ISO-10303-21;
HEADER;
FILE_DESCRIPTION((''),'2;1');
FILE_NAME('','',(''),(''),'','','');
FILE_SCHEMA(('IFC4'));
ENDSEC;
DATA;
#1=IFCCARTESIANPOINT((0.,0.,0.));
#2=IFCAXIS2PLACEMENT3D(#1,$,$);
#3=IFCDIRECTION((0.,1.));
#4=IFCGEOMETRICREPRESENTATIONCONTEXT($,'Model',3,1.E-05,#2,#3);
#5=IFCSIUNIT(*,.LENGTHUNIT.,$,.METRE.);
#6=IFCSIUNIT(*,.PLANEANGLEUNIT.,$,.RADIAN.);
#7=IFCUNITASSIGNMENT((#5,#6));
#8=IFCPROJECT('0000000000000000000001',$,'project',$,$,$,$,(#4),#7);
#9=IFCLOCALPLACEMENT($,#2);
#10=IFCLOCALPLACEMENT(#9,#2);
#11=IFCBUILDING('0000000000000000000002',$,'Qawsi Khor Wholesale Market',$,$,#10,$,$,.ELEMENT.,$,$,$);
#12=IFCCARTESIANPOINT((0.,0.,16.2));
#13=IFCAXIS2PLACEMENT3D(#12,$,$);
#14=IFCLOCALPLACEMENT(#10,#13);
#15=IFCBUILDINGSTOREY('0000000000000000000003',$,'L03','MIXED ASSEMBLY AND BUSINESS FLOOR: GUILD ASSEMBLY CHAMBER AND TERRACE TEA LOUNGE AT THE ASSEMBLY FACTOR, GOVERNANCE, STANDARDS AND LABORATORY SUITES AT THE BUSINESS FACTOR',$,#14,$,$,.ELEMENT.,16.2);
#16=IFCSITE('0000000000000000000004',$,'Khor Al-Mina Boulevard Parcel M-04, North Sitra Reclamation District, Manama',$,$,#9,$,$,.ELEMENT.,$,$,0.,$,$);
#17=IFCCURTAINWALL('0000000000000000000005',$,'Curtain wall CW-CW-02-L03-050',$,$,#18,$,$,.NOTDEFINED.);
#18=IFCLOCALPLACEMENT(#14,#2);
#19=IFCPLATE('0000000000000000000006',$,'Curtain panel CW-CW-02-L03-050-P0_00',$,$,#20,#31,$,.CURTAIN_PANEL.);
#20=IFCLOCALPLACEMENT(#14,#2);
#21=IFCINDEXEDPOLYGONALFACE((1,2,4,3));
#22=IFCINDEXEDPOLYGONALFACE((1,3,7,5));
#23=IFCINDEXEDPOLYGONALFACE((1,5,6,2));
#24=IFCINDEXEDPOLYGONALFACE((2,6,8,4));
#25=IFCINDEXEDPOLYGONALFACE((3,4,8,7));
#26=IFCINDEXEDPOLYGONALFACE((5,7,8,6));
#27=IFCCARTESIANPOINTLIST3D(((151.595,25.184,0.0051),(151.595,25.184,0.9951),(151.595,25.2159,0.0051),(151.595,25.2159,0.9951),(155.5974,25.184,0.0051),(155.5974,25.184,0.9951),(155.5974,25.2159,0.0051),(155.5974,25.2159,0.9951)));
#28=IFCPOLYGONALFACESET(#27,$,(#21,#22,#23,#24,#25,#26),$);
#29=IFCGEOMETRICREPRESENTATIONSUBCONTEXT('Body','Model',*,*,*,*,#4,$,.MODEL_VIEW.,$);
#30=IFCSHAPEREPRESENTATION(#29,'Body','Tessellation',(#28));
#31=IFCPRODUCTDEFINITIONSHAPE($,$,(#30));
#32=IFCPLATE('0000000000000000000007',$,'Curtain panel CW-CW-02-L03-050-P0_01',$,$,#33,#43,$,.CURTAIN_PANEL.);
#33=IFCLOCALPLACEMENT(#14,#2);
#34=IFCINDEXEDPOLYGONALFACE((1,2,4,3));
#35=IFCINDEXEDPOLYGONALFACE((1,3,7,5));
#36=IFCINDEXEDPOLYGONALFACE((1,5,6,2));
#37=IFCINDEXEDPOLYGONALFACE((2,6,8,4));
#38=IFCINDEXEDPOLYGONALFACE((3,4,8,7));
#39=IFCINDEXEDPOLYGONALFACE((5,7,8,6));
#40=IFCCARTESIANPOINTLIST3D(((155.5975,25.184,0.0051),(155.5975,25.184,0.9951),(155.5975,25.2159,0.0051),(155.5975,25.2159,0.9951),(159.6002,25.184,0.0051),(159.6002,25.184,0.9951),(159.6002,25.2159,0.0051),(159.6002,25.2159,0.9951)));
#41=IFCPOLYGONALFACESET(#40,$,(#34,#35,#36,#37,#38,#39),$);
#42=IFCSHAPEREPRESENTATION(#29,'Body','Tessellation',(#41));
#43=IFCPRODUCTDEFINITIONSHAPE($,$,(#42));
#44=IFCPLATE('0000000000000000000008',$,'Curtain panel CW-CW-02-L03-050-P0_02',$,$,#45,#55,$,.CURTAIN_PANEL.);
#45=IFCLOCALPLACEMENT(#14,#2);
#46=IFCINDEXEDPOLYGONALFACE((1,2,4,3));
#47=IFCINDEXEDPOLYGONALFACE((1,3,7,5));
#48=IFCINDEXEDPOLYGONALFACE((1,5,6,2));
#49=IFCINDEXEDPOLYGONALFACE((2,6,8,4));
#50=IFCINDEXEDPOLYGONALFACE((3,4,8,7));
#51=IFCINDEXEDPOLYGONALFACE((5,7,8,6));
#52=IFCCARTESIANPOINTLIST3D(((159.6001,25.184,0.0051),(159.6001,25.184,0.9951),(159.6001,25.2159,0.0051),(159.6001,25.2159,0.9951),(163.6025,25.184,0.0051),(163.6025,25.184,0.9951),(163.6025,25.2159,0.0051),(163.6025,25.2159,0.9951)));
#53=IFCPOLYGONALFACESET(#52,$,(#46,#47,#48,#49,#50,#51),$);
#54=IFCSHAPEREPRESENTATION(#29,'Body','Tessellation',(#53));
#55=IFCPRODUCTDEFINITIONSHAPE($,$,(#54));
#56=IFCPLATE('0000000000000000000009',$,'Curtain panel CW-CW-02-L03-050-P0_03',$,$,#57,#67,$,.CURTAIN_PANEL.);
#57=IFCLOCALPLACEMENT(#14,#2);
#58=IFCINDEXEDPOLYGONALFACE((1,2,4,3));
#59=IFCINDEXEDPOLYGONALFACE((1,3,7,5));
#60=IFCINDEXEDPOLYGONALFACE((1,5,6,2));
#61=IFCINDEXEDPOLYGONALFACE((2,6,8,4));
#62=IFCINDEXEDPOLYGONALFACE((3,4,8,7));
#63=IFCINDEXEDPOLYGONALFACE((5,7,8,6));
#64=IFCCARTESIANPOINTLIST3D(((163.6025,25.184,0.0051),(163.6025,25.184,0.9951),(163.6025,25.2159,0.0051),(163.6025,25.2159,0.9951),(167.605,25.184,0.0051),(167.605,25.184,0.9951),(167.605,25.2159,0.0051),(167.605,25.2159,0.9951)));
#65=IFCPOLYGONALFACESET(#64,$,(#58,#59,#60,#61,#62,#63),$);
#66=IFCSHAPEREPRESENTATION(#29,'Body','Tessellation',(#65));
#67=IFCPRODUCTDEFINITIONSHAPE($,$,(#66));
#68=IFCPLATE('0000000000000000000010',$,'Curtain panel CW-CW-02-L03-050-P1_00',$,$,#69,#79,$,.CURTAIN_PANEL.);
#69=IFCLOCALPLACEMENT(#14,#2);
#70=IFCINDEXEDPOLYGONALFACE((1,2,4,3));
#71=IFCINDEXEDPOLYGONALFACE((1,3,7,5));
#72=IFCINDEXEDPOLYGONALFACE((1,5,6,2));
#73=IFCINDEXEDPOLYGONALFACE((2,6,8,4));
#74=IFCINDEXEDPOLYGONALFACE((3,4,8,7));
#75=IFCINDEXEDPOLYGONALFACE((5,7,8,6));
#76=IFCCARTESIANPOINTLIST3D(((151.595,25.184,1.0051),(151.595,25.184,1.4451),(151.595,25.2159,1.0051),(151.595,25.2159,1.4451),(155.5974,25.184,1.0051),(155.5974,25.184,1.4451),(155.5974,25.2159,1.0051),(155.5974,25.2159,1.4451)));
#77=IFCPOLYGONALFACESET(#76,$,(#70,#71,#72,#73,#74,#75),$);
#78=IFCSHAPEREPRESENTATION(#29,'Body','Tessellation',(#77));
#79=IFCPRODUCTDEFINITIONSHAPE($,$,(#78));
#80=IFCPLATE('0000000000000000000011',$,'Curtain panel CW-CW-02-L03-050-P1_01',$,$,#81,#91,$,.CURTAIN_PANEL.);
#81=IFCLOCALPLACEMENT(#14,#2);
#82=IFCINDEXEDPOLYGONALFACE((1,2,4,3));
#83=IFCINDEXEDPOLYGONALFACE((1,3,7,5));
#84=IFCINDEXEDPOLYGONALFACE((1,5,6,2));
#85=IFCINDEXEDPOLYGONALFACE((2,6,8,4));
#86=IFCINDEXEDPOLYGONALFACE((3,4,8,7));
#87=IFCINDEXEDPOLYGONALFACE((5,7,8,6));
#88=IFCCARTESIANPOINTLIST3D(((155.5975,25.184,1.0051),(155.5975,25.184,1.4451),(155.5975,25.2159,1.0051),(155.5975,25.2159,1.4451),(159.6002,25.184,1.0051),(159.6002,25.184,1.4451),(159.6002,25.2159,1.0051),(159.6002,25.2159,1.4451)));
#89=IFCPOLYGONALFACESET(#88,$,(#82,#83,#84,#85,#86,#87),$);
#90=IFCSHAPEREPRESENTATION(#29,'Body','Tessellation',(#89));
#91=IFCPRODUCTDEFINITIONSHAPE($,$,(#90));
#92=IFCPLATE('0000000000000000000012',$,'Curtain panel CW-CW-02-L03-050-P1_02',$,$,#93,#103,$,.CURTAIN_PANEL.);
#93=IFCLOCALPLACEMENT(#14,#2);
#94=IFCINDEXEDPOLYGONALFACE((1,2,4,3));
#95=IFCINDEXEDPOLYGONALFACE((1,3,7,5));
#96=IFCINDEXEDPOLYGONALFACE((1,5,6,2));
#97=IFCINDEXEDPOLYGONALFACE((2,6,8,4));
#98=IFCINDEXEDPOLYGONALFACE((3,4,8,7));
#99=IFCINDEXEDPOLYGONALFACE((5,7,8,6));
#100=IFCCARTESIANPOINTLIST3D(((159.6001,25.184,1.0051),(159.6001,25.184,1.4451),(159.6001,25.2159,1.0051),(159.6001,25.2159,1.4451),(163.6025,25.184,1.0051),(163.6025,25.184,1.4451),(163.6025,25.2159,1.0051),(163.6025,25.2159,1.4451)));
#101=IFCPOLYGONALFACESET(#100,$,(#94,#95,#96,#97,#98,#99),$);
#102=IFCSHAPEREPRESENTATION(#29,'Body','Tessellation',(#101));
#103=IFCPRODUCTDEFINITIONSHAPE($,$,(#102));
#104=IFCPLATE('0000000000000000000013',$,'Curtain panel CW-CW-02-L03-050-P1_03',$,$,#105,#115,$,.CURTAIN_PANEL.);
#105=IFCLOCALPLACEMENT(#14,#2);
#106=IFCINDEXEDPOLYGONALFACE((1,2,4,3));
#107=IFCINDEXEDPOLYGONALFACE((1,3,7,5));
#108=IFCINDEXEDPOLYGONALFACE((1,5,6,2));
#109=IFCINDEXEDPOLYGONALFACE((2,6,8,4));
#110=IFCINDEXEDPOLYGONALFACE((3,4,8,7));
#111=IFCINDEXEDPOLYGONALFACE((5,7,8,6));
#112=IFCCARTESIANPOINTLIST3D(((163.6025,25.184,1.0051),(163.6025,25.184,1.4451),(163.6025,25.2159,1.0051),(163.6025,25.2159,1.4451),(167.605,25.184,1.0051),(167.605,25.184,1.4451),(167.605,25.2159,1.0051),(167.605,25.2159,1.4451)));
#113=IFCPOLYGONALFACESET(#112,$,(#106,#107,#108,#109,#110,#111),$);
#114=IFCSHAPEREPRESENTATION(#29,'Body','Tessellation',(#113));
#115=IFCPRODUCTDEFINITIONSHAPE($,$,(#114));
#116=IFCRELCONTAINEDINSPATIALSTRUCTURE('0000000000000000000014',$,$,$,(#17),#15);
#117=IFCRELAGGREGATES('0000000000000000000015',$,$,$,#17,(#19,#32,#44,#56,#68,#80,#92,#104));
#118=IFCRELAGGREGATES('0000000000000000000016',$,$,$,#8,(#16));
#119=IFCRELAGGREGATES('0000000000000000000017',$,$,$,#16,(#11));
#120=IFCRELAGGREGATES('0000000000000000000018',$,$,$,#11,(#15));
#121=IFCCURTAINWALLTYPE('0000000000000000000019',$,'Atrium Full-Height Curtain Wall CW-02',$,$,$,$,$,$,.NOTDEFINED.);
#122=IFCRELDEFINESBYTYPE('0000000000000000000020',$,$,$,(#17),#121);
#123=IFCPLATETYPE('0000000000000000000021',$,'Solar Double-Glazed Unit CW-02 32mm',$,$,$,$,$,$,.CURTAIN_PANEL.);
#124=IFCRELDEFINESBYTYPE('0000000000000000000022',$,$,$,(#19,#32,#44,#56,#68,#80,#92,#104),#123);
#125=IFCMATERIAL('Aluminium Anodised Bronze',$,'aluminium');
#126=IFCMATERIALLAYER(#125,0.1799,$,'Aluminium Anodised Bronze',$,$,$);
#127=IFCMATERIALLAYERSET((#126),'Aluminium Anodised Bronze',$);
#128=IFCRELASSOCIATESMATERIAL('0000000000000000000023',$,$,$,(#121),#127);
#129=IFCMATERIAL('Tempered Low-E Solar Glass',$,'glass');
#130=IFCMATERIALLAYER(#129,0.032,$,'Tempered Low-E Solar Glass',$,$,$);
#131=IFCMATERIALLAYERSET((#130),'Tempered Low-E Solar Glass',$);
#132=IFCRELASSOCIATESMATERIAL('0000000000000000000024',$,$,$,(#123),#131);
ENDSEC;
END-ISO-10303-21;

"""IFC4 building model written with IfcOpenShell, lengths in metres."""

from ifc_helpers import new_model, si_unit, direction, frame, frame_2d, origin, place, context, subcontext, project, spatial, rectangle, extrude, material, layer, layer_set, type_object, element, aggregate, save


model = new_model("IFC4")

# Units and contexts
model_context = context("Model", 3, precision=1e-05, world=origin(), true_north=direction((0.0, 1.0)))
body_context = subcontext(model_context, "Body", "Model", "MODEL_VIEW")
ifc_project = project(units=[si_unit("LENGTHUNIT", "METRE"), si_unit("PLANEANGLEUNIT", "RADIAN")], contexts=[model_context])

# Site, building, storey
site_placement = place(None, origin())
site = spatial("IfcSite", under=ifc_project, at=site_placement, Name="Khor Al-Mina Boulevard Parcel M-04, North Sitra Reclamation District, Manama", CompositionType="ELEMENT", RefElevation=0.0)
building_placement = place(site_placement, origin())
building = spatial("IfcBuilding", under=site, at=building_placement, Name="Qawsi Khor Wholesale Market", CompositionType="ELEMENT")
storey_placement = place(building_placement, frame((0.0, 0.0, 16.2)))
storey = spatial("IfcBuildingStorey", under=building, at=storey_placement, Name="L03", Description="MIXED ASSEMBLY AND BUSINESS FLOOR: GUILD ASSEMBLY CHAMBER AND TERRACE TEA LOUNGE AT THE ASSEMBLY FACTOR, GOVERNANCE, STANDARDS AND LABORATORY SUITES AT THE BUSINESS FACTOR", CompositionType="ELEMENT", Elevation=16.2)

# Curtain wall
ifc_material_1 = material(Name="Aluminium Anodised Bronze", Category="aluminium")
ifc_layer_1 = layer(ifc_material_1, 0.1799, Name="Aluminium Anodised Bronze")
ifc_layer_set_1 = layer_set([ifc_layer_1], Name="Aluminium Anodised Bronze")
curtain_wall_type = type_object("IfcCurtainWallType", Name="Atrium Full-Height Curtain Wall CW-02", PredefinedType="NOTDEFINED", material=ifc_layer_set_1)
curtain_wall_placement = place(storey_placement, origin())
curtain_wall = element("IfcCurtainWall", 1, at=curtain_wall_placement, inside=storey, type_object=curtain_wall_type, Name="Curtain wall CW-CW-02-L03-050", PredefinedType="NOTDEFINED")

# Plates
ifc_material_2 = material(Name="Tempered Low-E Solar Glass", Category="glass")
ifc_layer_2 = layer(ifc_material_2, 0.032, Name="Tempered Low-E Solar Glass")
ifc_layer_set_2 = layer_set([ifc_layer_2], Name="Tempered Low-E Solar Glass")
plate_type = type_object("IfcPlateType", Name="Solar Double-Glazed Unit CW-02 32mm", PredefinedType="CURTAIN_PANEL", material=ifc_layer_set_2)
plate_1_placement = place(storey_placement, frame((151.595, 25.2, 0.0051), z_axis=(0.0, 0.0, 1.0), x_axis=(1.0, 0.0, 0.0)))
plate_1 = element("IfcPlate", 2, at=plate_1_placement, type_object=plate_type, Name="Curtain panel CW-CW-02-L03-050-P0_00", PredefinedType="CURTAIN_PANEL", context=body_context, shape_type="SweptSolid", body=[
    extrude(rectangle(XDim=4.0024, YDim=0.032, at=frame_2d((2.0012, 0.0))), origin(), (0.0, 0.0, 1.0), 0.99),
])
plate_2_placement = place(storey_placement, frame((155.5974, 25.2, 0.0051), z_axis=(0.0, 0.0, 1.0), x_axis=(1.0, 0.0, 0.0)))
plate_2 = element("IfcPlate", 3, at=plate_2_placement, type_object=plate_type, Name="Curtain panel CW-CW-02-L03-050-P0_01", PredefinedType="CURTAIN_PANEL", context=body_context, shape_type="SweptSolid", body=[
    extrude(rectangle(XDim=4.0027, YDim=0.032, at=frame_2d((2.0015, 0.0))), origin(), (0.0, 0.0, 1.0), 0.99),
])
plate_3_placement = place(storey_placement, frame((159.6001, 25.2, 0.0051), z_axis=(0.0, 0.0, 1.0), x_axis=(1.0, 0.0, 0.0)))
plate_3 = element("IfcPlate", 4, at=plate_3_placement, type_object=plate_type, Name="Curtain panel CW-CW-02-L03-050-P0_02", PredefinedType="CURTAIN_PANEL", context=body_context, shape_type="SweptSolid", body=[
    extrude(rectangle(XDim=4.0024, YDim=0.032, at=frame_2d((2.0012, 0.0))), origin(), (0.0, 0.0, 1.0), 0.99),
])
plate_4_placement = place(storey_placement, frame((163.6025, 25.2, 0.0051), z_axis=(0.0, 0.0, 1.0), x_axis=(1.0, 0.0, 0.0)))
plate_4 = element("IfcPlate", 5, at=plate_4_placement, type_object=plate_type, Name="Curtain panel CW-CW-02-L03-050-P0_03", PredefinedType="CURTAIN_PANEL", context=body_context, shape_type="SweptSolid", body=[
    extrude(rectangle(XDim=4.0024, YDim=0.032, at=frame_2d((2.0012, 0.0))), origin(), (0.0, 0.0, 1.0), 0.99),
])
plate_5_placement = place(storey_placement, frame((151.595, 25.2, 1.0051), z_axis=(0.0, 0.0, 1.0), x_axis=(1.0, 0.0, 0.0)))
plate_5 = element("IfcPlate", 6, at=plate_5_placement, type_object=plate_type, Name="Curtain panel CW-CW-02-L03-050-P1_00", PredefinedType="CURTAIN_PANEL", context=body_context, shape_type="SweptSolid", body=[
    extrude(rectangle(XDim=4.0024, YDim=0.032, at=frame_2d((2.0012, 0.0))), origin(), (0.0, 0.0, 1.0), 0.4399),
])
plate_6_placement = place(storey_placement, frame((155.5974, 25.2, 1.0051), z_axis=(0.0, 0.0, 1.0), x_axis=(1.0, 0.0, 0.0)))
plate_6 = element("IfcPlate", 7, at=plate_6_placement, type_object=plate_type, Name="Curtain panel CW-CW-02-L03-050-P1_01", PredefinedType="CURTAIN_PANEL", context=body_context, shape_type="SweptSolid", body=[
    extrude(rectangle(XDim=4.0027, YDim=0.032, at=frame_2d((2.0015, 0.0))), origin(), (0.0, 0.0, 1.0), 0.4399),
])
plate_7_placement = place(storey_placement, frame((159.6001, 25.2, 1.0051), z_axis=(0.0, 0.0, 1.0), x_axis=(1.0, 0.0, 0.0)))
plate_7 = element("IfcPlate", 8, at=plate_7_placement, type_object=plate_type, Name="Curtain panel CW-CW-02-L03-050-P1_02", PredefinedType="CURTAIN_PANEL", context=body_context, shape_type="SweptSolid", body=[
    extrude(rectangle(XDim=4.0024, YDim=0.032, at=frame_2d((2.0012, 0.0))), origin(), (0.0, 0.0, 1.0), 0.4399),
])
plate_8_placement = place(storey_placement, frame((163.6025, 25.2, 1.0051), z_axis=(0.0, 0.0, 1.0), x_axis=(1.0, 0.0, 0.0)))
plate_8 = element("IfcPlate", 9, at=plate_8_placement, type_object=plate_type, Name="Curtain panel CW-CW-02-L03-050-P1_03", PredefinedType="CURTAIN_PANEL", context=body_context, shape_type="SweptSolid", body=[
    extrude(rectangle(XDim=4.0024, YDim=0.032, at=frame_2d((2.0012, 0.0))), origin(), (0.0, 0.0, 1.0), 0.4399),
])
aggregate(curtain_wall, [plate_1, plate_2, plate_3, plate_4, plate_5, plate_6, plate_7, plate_8])

save(model, "model.ifc")
